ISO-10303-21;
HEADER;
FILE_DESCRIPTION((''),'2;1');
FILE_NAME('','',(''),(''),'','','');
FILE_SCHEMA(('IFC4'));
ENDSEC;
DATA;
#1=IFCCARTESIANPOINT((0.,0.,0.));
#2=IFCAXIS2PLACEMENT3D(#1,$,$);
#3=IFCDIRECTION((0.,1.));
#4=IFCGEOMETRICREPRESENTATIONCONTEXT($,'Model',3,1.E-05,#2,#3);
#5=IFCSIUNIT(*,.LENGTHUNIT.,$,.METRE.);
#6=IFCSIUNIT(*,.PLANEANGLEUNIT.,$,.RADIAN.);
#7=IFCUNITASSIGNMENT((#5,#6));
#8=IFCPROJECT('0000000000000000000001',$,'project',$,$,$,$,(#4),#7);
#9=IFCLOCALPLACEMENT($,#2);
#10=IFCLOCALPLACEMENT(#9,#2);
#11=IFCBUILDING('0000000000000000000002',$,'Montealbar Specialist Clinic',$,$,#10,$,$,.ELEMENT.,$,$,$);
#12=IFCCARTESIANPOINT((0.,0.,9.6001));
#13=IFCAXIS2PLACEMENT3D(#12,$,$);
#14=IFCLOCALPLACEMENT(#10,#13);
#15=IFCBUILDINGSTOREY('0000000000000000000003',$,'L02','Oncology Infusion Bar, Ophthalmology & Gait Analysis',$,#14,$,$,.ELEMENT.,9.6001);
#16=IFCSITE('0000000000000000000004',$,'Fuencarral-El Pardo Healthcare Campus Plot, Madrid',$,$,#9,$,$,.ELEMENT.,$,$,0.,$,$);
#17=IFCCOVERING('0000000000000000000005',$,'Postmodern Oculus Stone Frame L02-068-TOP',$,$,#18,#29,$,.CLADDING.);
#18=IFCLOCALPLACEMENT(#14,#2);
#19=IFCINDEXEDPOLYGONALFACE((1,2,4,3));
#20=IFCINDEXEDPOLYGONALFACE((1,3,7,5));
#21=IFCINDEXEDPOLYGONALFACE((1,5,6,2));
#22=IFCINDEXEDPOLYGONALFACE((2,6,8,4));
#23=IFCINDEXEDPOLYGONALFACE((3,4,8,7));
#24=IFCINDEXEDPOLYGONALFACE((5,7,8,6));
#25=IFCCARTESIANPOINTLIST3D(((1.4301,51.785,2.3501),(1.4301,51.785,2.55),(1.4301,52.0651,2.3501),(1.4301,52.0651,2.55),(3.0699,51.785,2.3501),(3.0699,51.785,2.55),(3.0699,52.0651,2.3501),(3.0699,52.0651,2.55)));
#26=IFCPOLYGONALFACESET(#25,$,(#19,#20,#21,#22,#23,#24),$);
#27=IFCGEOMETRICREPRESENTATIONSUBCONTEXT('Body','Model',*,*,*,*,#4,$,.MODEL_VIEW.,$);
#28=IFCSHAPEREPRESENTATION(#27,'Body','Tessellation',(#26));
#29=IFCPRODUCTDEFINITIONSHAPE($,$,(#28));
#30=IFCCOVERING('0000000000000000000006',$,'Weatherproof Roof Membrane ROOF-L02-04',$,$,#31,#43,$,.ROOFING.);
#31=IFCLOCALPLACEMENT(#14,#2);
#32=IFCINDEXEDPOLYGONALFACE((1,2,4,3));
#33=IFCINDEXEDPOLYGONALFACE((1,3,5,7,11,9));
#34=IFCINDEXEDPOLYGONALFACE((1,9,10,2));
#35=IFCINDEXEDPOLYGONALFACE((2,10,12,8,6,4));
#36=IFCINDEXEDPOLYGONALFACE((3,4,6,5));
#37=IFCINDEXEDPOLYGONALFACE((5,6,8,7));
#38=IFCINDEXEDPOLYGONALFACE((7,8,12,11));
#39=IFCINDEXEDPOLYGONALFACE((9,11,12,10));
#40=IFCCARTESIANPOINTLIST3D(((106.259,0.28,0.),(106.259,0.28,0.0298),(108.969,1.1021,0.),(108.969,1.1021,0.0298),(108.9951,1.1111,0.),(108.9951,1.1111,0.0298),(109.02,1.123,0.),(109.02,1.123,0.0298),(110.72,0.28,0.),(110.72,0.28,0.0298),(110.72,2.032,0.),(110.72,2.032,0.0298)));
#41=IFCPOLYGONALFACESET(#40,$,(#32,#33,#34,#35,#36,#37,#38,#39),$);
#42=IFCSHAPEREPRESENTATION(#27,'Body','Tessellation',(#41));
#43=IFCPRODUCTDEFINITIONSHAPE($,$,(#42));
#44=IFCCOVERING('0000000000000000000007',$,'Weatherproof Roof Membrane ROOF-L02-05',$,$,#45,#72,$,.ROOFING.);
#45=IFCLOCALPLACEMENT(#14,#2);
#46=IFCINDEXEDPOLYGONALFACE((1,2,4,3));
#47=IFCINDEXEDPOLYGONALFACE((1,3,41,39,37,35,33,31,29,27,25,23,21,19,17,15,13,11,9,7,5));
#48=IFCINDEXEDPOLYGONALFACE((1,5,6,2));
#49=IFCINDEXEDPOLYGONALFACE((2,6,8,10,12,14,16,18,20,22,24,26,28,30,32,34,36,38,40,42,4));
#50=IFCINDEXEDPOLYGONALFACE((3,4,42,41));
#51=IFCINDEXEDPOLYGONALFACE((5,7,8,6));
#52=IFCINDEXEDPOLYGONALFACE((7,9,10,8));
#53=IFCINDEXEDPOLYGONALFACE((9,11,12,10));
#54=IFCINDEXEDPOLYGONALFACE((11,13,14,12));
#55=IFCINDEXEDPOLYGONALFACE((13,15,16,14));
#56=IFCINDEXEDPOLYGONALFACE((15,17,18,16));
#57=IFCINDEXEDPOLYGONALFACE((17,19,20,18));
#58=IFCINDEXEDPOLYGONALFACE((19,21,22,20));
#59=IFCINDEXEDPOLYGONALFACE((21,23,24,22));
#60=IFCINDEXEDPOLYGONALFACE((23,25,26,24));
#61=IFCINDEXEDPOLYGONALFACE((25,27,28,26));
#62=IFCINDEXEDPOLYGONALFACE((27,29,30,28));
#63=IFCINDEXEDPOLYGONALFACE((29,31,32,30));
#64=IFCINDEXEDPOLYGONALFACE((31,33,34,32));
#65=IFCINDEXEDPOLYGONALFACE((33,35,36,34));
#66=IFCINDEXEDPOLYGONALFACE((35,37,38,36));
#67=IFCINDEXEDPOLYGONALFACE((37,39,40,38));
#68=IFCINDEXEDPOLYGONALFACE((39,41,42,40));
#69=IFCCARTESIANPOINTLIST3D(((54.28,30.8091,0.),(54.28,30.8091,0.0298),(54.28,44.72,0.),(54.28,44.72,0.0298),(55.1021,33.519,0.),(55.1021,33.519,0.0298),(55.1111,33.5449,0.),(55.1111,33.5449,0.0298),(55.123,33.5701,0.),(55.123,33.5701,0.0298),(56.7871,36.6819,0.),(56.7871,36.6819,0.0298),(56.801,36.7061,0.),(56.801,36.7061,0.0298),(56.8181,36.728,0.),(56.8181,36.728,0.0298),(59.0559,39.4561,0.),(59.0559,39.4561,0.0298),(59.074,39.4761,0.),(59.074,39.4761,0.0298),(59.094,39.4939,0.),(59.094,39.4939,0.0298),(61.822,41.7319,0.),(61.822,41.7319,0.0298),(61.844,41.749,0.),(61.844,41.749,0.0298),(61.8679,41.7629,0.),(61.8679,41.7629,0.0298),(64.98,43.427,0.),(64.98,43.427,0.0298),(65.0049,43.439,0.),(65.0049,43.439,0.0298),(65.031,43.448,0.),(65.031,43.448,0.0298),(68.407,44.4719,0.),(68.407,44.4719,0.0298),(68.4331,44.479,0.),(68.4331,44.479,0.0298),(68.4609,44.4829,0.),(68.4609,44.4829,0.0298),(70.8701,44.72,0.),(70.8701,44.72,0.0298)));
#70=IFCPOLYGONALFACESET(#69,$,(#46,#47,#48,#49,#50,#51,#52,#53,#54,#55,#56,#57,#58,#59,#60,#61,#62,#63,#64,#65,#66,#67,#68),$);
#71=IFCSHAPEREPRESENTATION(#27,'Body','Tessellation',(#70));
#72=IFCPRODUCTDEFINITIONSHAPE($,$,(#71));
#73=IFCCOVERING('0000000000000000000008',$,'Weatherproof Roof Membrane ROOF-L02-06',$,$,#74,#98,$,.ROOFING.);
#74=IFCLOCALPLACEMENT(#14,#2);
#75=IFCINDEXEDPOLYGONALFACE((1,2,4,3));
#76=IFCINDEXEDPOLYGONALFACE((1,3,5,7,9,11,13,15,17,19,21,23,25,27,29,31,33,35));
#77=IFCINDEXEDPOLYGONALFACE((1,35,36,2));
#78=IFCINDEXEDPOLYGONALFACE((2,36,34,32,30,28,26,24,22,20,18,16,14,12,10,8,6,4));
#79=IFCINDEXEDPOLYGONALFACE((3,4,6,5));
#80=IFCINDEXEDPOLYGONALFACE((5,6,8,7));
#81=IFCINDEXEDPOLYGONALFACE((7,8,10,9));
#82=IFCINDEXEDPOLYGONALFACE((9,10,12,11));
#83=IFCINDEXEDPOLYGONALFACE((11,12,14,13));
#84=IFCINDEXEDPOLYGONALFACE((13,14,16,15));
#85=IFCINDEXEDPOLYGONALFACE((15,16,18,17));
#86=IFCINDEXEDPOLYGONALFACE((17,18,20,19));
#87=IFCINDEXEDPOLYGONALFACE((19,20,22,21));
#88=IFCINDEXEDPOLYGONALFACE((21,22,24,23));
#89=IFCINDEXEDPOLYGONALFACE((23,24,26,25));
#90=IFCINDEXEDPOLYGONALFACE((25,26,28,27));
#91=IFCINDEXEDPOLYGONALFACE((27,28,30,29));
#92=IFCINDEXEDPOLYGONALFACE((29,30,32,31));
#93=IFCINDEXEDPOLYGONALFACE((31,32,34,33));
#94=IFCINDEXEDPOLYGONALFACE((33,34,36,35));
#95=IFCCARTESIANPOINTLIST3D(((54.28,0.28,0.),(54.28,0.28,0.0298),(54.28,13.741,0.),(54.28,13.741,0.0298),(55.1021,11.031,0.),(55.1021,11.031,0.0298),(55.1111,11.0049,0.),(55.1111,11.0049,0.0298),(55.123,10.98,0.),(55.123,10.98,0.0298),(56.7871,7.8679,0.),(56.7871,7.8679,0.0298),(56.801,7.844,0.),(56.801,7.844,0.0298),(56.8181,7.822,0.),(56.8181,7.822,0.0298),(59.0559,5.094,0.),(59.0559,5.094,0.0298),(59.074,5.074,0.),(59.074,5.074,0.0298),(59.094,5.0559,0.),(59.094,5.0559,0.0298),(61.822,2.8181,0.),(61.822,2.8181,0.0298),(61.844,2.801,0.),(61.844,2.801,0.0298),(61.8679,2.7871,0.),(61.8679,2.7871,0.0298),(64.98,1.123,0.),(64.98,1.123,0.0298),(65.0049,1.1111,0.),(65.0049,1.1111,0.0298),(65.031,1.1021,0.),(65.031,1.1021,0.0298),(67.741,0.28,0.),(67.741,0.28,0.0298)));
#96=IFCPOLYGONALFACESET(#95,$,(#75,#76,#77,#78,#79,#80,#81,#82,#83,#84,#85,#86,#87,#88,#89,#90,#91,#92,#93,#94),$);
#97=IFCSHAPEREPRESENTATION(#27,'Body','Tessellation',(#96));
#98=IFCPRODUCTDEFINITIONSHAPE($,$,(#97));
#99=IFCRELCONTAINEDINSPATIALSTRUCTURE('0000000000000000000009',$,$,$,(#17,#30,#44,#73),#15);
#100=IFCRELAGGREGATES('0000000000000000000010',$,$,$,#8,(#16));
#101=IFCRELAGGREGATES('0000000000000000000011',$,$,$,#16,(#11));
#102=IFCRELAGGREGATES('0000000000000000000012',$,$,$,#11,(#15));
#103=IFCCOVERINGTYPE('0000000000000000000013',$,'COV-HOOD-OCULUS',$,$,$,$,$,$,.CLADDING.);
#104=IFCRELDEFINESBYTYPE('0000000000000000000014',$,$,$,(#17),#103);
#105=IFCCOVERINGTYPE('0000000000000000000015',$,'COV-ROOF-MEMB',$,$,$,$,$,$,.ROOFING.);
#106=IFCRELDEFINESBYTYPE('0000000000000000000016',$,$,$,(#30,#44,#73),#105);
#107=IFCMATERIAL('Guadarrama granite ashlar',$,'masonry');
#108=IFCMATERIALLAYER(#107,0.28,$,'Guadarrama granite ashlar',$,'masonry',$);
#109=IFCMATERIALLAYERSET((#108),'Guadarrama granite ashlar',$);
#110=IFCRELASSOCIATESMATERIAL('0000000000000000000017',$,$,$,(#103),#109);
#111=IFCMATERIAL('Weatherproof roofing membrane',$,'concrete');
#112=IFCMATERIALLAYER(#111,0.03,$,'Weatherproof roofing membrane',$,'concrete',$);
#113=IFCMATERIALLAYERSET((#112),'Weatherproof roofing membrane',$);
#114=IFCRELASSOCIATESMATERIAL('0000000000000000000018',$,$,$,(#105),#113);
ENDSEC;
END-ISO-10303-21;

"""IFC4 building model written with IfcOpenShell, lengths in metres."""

from ifc_helpers import new_model, si_unit, direction, frame, origin, origin_2d, place, context, subcontext, project, spatial, polyline, rectangle, outline, extrude, material, layer, layer_set, type_object, element, save


model = new_model("IFC4")

# Units and contexts
model_context = context("Model", 3, precision=1e-05, world=origin(), true_north=direction((0.0, 1.0)))
body_context = subcontext(model_context, "Body", "Model", "MODEL_VIEW")
ifc_project = project(units=[si_unit("LENGTHUNIT", "METRE"), si_unit("PLANEANGLEUNIT", "RADIAN")], contexts=[model_context])

# Site, building, storey
site_placement = place(None, origin())
site = spatial("IfcSite", under=ifc_project, at=site_placement, Name="Fuencarral-El Pardo Healthcare Campus Plot, Madrid", CompositionType="ELEMENT", RefElevation=0.0)
building_placement = place(site_placement, origin())
building = spatial("IfcBuilding", under=site, at=building_placement, Name="Montealbar Specialist Clinic", CompositionType="ELEMENT")
storey_placement = place(building_placement, frame((0.0, 0.0, 9.6001)))
storey = spatial("IfcBuildingStorey", under=building, at=storey_placement, Name="L02", Description="Oncology Infusion Bar, Ophthalmology & Gait Analysis", CompositionType="ELEMENT", Elevation=9.6001)

# Coverings
ifc_material_1 = material(Name="Guadarrama granite ashlar", Category="masonry")
ifc_layer_1 = layer(ifc_material_1, 0.28, Name="Guadarrama granite ashlar", Category="masonry")
ifc_layer_set_1 = layer_set([ifc_layer_1], Name="Guadarrama granite ashlar")
covering_type_1 = type_object("IfcCoveringType", Name="COV-HOOD-OCULUS", PredefinedType="CLADDING", material=ifc_layer_set_1)
covering_1_placement = place(storey_placement, frame((2.25, 51.925, 2.3501), z_axis=(0.0, 0.0, 1.0), x_axis=(-1.0, 0.0, 0.0)))
element("IfcCovering", 1, at=covering_1_placement, inside=storey, type_object=covering_type_1, Name="Postmodern Oculus Stone Frame L02-068-TOP", PredefinedType="CLADDING", context=body_context, shape_type="SweptSolid", body=[
    extrude(rectangle(XDim=1.6399, YDim=0.28, at=origin_2d()), origin(), (0.0, 0.0, 1.0), 0.2),
])
ifc_material_2 = material(Name="Weatherproof roofing membrane", Category="concrete")
ifc_layer_2 = layer(ifc_material_2, 0.03, Name="Weatherproof roofing membrane", Category="concrete")
ifc_layer_set_2 = layer_set([ifc_layer_2], Name="Weatherproof roofing membrane")
covering_type_2 = type_object("IfcCoveringType", Name="COV-ROOF-MEMB", PredefinedType="ROOFING", material=ifc_layer_set_2)
covering_2_placement = place(storey_placement, origin())
element("IfcCovering", 2, at=covering_2_placement, inside=storey, type_object=covering_type_2, Name="Weatherproof Roof Membrane ROOF-L02-04", PredefinedType="ROOFING", context=body_context, shape_type="SweptSolid", body=[
    extrude(outline(polyline([(106.259, 0.28), (108.969, 1.1021), (108.9951, 1.1111), (109.02, 1.123), (110.72, 2.032), (110.72, 0.28), (106.259, 0.28)])), origin(), (0.0, 0.0, 1.0), 0.0298),
])
covering_3_placement = place(storey_placement, origin())
element("IfcCovering", 3, at=covering_3_placement, inside=storey, type_object=covering_type_2, Name="Weatherproof Roof Membrane ROOF-L02-05", PredefinedType="ROOFING", context=body_context, shape_type="SweptSolid", body=[
    extrude(outline(polyline([(54.28, 30.8091), (54.28, 44.72), (70.8701, 44.72), (68.4609, 44.4829), (68.4331, 44.479), (68.407, 44.4719), (65.031, 43.448), (65.0049, 43.439), (64.98, 43.427), (61.8679, 41.7629), (61.844, 41.749), (61.822, 41.7319), (59.094, 39.4939), (59.074, 39.4761), (59.0559, 39.4561), (56.8181, 36.728), (56.801, 36.7061), (56.7871, 36.6819), (55.123, 33.5701), (55.1111, 33.5449), (55.1021, 33.519), (54.28, 30.8091)])), origin(), (0.0, 0.0, 1.0), 0.0298),
])
covering_4_placement = place(storey_placement, origin())
element("IfcCovering", 4, at=covering_4_placement, inside=storey, type_object=covering_type_2, Name="Weatherproof Roof Membrane ROOF-L02-06", PredefinedType="ROOFING", context=body_context, shape_type="SweptSolid", body=[
    extrude(outline(polyline([(54.28, 13.741), (55.1021, 11.031), (55.1111, 11.0049), (55.123, 10.98), (56.7871, 7.8679), (56.801, 7.844), (56.8181, 7.822), (59.0559, 5.094), (59.074, 5.074), (59.094, 5.0559), (61.822, 2.8181), (61.844, 2.801), (61.8679, 2.7871), (64.98, 1.123), (65.0049, 1.1111), (65.031, 1.1021), (67.741, 0.28), (54.28, 0.28), (54.28, 13.741)])), origin(), (0.0, 0.0, 1.0), 0.0298),
])

save(model, "model.ifc")
